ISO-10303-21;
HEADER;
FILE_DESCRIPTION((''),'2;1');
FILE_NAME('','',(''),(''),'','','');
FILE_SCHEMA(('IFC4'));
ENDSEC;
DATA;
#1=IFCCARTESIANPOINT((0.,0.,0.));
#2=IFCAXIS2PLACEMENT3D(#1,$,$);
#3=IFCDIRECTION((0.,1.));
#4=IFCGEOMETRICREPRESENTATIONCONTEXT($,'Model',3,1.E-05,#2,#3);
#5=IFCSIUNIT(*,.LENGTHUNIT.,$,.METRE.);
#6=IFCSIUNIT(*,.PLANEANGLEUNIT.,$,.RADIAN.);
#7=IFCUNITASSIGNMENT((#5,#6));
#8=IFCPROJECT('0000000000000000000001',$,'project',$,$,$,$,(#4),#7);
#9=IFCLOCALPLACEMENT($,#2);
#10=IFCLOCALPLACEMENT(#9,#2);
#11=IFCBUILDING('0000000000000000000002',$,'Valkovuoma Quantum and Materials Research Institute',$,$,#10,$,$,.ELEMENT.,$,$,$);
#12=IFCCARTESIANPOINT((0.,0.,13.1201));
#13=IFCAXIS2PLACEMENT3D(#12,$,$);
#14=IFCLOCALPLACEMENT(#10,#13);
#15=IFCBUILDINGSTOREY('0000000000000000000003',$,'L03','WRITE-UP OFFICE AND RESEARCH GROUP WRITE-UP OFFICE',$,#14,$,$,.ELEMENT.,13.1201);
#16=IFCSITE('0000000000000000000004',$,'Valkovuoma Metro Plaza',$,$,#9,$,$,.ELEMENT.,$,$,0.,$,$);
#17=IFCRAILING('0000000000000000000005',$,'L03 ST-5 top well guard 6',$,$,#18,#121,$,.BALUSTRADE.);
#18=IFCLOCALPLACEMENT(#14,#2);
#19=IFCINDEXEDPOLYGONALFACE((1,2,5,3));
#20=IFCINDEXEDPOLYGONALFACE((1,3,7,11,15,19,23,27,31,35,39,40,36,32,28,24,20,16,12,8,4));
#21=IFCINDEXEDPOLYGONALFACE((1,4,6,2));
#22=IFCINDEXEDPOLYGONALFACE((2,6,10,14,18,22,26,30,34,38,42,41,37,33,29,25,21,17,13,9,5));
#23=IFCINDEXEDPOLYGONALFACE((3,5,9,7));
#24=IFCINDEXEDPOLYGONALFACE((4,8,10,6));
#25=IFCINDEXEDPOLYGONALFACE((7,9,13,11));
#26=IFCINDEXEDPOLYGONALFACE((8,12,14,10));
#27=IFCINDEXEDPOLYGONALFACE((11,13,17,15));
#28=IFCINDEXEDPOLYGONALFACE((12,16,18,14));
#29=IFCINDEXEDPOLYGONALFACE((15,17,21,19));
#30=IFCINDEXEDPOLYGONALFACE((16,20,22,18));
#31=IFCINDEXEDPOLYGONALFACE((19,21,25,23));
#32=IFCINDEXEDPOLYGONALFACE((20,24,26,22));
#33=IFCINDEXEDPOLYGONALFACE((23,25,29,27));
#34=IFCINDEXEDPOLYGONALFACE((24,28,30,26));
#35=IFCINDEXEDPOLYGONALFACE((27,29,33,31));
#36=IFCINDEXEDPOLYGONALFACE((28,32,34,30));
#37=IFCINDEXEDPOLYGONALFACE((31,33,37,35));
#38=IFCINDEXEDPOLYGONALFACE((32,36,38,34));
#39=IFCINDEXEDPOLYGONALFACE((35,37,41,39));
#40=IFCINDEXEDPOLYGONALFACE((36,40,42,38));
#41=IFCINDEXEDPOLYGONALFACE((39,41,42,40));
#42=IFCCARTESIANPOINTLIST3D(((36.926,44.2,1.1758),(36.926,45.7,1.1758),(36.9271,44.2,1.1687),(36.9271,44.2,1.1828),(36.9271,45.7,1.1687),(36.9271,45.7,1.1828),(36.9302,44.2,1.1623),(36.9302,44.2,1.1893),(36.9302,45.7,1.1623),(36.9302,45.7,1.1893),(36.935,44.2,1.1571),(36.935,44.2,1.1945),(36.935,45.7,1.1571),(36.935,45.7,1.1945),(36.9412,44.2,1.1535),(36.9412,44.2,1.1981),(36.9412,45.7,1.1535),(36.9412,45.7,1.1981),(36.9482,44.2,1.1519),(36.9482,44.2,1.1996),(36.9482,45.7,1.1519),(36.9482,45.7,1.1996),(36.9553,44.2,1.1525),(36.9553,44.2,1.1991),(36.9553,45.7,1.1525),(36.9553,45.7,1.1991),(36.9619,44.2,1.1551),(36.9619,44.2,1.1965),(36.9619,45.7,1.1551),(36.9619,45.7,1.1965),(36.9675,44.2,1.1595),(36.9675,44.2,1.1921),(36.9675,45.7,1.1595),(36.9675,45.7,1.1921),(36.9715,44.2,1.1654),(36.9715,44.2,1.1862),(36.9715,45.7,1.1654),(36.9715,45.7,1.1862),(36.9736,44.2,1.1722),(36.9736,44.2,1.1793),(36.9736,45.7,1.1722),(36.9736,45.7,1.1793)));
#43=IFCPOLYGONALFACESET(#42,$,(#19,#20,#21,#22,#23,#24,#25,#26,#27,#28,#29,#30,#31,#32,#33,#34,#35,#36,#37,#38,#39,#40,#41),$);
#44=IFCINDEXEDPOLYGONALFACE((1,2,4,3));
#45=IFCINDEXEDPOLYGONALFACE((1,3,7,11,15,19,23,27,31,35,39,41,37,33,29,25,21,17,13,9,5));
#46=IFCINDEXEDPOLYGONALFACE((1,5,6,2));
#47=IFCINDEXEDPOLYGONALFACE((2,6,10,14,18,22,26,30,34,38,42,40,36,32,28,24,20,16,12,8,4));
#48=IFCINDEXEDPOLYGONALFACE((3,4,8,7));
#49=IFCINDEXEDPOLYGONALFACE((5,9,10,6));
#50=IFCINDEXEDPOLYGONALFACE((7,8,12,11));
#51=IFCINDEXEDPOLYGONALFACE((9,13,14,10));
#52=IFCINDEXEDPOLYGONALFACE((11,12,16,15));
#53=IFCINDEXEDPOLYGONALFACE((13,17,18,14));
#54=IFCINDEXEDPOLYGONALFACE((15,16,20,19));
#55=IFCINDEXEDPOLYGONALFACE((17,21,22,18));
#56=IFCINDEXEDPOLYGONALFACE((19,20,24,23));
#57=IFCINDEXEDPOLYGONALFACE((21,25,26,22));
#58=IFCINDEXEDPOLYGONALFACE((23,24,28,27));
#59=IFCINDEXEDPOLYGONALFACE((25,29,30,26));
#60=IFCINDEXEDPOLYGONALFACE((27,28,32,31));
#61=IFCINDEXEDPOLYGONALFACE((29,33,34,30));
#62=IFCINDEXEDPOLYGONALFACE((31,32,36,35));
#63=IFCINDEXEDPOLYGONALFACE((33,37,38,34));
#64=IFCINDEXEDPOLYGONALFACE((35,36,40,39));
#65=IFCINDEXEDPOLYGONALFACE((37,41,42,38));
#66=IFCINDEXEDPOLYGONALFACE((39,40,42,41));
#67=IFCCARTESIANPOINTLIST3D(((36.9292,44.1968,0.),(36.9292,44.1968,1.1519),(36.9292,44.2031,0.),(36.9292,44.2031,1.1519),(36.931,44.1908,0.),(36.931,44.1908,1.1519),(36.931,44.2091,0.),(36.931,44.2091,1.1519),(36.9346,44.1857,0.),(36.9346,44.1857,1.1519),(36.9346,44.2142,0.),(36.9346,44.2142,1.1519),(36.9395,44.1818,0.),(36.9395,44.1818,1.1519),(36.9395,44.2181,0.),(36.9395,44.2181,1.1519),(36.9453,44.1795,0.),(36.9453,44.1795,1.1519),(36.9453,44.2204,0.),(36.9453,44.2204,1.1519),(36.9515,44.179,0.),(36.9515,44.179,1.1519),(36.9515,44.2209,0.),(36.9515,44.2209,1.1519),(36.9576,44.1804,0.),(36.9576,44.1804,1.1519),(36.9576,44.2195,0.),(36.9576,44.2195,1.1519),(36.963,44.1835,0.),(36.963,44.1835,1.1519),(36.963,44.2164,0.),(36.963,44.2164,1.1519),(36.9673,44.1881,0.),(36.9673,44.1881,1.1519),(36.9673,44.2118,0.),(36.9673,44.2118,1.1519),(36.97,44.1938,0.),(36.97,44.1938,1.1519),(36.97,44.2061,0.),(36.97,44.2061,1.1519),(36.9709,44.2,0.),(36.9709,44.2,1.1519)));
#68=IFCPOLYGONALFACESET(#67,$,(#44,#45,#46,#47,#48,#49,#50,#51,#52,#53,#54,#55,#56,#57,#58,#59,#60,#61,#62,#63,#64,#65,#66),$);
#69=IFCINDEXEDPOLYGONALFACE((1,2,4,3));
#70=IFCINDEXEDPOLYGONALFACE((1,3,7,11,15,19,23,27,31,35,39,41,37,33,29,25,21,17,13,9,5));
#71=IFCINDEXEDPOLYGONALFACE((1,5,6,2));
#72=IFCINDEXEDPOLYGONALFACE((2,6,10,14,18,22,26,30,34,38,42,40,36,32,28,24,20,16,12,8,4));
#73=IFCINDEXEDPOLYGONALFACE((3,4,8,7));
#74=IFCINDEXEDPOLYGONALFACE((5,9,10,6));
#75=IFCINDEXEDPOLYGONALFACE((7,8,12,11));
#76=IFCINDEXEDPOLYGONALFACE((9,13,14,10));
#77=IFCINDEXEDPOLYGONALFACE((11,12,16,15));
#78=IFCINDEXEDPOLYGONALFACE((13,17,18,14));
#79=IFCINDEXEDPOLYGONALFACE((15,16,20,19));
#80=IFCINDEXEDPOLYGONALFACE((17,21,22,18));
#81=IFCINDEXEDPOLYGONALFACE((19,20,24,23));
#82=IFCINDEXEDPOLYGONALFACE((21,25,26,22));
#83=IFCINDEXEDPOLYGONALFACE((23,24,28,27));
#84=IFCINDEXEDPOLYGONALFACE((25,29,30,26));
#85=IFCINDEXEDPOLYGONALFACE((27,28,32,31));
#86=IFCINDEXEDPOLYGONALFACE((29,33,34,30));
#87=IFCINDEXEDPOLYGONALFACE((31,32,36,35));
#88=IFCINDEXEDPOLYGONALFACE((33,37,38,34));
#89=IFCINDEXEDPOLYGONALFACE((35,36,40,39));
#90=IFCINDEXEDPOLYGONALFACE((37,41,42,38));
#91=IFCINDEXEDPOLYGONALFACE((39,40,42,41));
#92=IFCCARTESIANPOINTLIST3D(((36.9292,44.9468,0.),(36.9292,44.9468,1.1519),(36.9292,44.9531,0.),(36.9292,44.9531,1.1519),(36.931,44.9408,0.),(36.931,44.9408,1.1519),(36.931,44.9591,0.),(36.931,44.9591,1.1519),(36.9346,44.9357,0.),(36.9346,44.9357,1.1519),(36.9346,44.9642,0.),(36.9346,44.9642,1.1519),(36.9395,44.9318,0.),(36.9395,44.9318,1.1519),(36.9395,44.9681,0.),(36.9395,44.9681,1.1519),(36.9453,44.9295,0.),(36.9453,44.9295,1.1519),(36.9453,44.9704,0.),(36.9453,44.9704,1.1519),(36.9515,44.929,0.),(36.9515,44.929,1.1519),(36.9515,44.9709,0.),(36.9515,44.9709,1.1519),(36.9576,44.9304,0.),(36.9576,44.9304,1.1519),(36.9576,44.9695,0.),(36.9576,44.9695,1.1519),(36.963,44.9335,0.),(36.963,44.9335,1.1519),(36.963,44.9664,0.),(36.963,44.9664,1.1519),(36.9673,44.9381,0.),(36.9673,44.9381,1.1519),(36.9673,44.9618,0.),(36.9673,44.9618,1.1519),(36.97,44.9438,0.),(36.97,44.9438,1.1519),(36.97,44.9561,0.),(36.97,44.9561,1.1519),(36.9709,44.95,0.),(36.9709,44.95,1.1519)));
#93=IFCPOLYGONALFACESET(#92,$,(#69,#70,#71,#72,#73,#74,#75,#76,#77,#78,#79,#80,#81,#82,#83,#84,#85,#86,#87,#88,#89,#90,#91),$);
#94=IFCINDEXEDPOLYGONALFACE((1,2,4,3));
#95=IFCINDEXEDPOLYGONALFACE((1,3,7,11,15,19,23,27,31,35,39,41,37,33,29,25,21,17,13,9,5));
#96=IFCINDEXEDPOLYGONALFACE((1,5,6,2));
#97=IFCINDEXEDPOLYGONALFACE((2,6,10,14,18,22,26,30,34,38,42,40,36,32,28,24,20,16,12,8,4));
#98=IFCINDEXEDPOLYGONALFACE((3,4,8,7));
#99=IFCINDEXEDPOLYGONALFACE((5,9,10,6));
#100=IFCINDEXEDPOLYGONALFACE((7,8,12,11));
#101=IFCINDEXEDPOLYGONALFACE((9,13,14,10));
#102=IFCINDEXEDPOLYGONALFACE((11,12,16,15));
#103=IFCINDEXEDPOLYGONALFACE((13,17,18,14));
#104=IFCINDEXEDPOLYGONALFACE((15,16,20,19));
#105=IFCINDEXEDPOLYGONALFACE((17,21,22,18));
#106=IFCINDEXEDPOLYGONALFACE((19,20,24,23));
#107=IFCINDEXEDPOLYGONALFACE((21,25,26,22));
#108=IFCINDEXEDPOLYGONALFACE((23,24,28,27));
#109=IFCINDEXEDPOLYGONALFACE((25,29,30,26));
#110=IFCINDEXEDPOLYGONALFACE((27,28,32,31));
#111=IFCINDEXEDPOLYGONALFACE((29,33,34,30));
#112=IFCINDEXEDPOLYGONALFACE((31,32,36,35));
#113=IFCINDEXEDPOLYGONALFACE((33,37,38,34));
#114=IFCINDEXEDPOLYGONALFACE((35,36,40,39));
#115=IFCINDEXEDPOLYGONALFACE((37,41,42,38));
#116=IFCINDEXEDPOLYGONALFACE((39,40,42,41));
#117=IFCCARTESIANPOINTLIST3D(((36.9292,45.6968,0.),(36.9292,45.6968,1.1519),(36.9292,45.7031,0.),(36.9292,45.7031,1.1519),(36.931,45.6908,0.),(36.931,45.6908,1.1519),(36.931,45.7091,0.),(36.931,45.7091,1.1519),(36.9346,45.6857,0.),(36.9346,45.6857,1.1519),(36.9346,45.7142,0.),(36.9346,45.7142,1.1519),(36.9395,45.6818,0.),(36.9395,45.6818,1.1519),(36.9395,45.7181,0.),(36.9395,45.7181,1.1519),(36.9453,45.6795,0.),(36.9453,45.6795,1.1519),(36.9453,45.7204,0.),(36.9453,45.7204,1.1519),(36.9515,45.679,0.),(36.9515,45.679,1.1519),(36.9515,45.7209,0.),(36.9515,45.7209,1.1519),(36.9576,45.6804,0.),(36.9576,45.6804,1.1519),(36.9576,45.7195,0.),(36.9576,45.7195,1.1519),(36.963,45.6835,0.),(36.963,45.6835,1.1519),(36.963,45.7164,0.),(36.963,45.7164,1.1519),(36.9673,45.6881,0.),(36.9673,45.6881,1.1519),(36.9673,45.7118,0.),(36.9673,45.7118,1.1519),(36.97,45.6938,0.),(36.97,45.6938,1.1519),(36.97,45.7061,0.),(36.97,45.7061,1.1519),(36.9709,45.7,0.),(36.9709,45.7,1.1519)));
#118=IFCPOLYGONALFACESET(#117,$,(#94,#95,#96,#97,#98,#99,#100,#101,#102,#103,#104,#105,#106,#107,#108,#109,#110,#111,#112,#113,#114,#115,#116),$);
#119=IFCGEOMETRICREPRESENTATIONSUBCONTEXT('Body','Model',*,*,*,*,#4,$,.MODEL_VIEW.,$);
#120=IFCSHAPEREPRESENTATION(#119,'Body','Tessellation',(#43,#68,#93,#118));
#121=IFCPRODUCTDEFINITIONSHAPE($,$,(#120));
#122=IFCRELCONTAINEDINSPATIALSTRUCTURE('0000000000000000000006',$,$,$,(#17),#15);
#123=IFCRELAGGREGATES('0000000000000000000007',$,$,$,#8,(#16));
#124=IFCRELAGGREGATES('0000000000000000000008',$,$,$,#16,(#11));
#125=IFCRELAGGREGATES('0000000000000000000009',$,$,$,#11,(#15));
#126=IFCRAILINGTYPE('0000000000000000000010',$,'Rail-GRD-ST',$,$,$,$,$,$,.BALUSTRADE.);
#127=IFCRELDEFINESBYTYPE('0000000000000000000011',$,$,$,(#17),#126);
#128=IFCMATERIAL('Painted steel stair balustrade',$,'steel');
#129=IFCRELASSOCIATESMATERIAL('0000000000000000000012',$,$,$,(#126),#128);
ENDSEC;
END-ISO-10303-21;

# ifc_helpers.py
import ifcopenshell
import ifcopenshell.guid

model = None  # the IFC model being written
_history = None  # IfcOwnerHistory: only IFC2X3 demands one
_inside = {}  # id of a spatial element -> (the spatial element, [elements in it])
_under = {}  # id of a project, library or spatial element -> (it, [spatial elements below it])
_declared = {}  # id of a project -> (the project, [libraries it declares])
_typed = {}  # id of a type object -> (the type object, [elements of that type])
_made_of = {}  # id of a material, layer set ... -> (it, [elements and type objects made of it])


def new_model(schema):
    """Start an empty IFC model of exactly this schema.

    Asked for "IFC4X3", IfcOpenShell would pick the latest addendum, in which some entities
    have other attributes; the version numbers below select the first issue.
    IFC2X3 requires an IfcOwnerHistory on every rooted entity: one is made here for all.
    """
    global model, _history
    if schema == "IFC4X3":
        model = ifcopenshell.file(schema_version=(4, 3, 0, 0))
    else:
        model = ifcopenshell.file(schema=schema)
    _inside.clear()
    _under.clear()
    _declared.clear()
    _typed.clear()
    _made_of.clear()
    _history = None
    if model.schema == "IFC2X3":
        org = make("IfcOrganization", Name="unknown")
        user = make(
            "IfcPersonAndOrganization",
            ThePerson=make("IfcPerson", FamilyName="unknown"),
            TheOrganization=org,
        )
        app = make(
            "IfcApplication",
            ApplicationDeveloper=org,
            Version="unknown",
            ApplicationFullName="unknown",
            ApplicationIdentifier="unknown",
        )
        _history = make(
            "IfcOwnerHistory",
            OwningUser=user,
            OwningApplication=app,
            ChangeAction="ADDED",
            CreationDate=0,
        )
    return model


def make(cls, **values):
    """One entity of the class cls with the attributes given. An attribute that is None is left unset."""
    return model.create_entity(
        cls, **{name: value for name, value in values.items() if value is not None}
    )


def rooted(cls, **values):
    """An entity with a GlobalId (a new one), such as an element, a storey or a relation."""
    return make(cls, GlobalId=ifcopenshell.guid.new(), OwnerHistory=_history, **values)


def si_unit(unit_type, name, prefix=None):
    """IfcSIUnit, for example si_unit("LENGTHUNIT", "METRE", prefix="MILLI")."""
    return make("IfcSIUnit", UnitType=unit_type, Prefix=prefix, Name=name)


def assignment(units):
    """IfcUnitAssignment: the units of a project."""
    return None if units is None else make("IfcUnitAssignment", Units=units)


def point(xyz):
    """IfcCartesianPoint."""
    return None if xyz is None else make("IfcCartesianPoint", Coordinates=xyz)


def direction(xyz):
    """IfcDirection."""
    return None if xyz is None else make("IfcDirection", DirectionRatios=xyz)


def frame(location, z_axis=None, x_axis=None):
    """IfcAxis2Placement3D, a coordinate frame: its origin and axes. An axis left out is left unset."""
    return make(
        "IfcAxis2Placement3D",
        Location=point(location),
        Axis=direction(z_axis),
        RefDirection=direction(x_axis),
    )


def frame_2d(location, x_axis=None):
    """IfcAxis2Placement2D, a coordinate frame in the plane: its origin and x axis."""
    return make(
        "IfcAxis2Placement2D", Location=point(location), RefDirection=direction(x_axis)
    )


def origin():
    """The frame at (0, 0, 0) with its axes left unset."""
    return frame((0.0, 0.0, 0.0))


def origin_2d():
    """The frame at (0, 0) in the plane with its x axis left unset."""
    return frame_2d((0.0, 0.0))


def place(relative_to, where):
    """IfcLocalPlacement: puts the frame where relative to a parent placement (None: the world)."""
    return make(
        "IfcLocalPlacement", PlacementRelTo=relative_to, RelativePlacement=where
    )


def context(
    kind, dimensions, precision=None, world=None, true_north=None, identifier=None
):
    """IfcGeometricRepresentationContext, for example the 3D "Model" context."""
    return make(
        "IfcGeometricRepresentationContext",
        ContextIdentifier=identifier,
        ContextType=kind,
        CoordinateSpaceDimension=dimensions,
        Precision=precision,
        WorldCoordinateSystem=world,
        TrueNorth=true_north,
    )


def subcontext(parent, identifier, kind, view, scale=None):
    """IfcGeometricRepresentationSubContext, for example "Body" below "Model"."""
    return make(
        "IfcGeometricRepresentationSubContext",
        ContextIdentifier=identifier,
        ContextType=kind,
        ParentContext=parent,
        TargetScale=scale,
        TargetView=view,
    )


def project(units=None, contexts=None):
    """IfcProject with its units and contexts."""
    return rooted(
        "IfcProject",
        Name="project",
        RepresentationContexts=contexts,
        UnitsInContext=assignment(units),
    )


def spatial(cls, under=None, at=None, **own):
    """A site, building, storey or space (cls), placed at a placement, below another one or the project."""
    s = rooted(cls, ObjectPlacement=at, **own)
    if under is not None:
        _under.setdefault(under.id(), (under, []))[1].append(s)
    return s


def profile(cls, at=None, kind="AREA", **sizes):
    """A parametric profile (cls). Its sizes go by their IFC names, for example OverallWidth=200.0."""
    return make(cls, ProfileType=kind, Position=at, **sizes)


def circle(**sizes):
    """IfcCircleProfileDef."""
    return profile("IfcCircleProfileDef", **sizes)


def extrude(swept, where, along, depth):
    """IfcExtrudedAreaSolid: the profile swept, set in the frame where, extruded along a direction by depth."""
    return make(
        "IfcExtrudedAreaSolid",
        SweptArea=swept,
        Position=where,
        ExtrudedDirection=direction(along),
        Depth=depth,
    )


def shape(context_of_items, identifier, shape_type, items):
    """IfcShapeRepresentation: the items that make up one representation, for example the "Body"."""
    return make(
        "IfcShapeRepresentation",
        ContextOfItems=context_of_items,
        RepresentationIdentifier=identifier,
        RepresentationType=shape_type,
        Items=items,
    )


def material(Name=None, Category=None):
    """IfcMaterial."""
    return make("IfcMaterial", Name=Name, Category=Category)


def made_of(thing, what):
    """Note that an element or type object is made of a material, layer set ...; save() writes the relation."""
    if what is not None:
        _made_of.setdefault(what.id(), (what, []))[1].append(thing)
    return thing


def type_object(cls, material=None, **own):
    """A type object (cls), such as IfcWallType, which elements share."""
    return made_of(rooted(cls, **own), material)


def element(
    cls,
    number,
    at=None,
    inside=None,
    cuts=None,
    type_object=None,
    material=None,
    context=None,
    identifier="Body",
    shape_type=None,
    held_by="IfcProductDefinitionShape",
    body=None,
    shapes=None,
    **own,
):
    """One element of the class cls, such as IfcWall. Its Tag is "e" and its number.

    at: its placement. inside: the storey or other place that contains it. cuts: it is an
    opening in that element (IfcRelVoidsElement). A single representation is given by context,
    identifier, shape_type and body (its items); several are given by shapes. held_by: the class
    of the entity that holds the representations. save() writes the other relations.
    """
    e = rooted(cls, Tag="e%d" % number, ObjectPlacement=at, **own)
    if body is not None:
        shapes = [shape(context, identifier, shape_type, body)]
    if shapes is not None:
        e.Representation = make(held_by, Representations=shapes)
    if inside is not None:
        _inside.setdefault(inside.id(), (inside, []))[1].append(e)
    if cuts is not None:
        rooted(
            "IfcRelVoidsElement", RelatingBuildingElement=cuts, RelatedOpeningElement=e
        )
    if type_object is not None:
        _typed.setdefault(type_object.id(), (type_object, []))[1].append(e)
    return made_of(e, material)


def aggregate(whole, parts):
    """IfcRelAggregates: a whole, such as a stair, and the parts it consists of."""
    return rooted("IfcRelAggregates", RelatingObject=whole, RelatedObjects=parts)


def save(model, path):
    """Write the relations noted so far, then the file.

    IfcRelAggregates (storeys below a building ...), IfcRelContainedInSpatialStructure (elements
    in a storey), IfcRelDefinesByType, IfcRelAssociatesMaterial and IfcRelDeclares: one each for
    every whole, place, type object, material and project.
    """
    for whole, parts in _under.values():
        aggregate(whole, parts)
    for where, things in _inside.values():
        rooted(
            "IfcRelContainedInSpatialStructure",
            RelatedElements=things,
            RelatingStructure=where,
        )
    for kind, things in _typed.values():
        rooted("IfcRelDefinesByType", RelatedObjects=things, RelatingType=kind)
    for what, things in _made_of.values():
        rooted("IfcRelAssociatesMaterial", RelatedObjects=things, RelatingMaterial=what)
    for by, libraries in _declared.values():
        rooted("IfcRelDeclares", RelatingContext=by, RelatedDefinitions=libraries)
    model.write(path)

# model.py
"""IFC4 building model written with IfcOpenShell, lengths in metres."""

from ifc_helpers import new_model, si_unit, direction, frame, origin, origin_2d, place, context, subcontext, project, spatial, circle, extrude, material, type_object, element, save


model = new_model("IFC4")

# Units and contexts
model_context = context("Model", 3, precision=1e-05, world=origin(), true_north=direction((0.0, 1.0)))
body_context = subcontext(model_context, "Body", "Model", "MODEL_VIEW")
ifc_project = project(units=[si_unit("LENGTHUNIT", "METRE"), si_unit("PLANEANGLEUNIT", "RADIAN")], contexts=[model_context])

# Site, building, storey
site_placement = place(None, origin())
site = spatial("IfcSite", under=ifc_project, at=site_placement, Name="Valkovuoma Metro Plaza", CompositionType="ELEMENT", RefElevation=0.0)
building_placement = place(site_placement, origin())
building = spatial("IfcBuilding", under=site, at=building_placement, Name="Valkovuoma Quantum and Materials Research Institute", CompositionType="ELEMENT")
storey_placement = place(building_placement, frame((0.0, 0.0, 13.1201)))
storey = spatial("IfcBuildingStorey", under=building, at=storey_placement, Name="L03", Description="WRITE-UP OFFICE AND RESEARCH GROUP WRITE-UP OFFICE", CompositionType="ELEMENT", Elevation=13.1201)

# Railing
ifc_material_1 = material(Name="Painted steel stair balustrade", Category="steel")
railing_type = type_object("IfcRailingType", Name="Rail-GRD-ST", PredefinedType="BALUSTRADE", material=ifc_material_1)
railing_1_placement = place(storey_placement, frame((36.95, 44.2, 0.0)))
element("IfcRailing", 1, at=railing_1_placement, inside=storey, type_object=railing_type, Name="L03 ST-5 top well guard 6", PredefinedType="BALUSTRADE", context=body_context, shape_type="SweptSolid", body=[
    extrude(circle(Radius=0.0239, at=origin_2d()), frame((0.0, 0.0, 1.1758), z_axis=(0.0, 1.0, 0.0), x_axis=(-1.0, 0.0, 0.0)), (0.0, 0.0, 1.0), 1.5),
    extrude(circle(Radius=0.021, at=origin_2d()), origin(), (0.0, 0.0, 1.0), 1.1519),
    extrude(circle(Radius=0.021, at=origin_2d()), frame((0.0, 0.75, 0.0)), (0.0, 0.0, 1.0), 1.1519),
    extrude(circle(Radius=0.021, at=origin_2d()), frame((0.0, 1.5, 0.0)), (0.0, 0.0, 1.0), 1.1519),
])

save(model, "model.ifc")
